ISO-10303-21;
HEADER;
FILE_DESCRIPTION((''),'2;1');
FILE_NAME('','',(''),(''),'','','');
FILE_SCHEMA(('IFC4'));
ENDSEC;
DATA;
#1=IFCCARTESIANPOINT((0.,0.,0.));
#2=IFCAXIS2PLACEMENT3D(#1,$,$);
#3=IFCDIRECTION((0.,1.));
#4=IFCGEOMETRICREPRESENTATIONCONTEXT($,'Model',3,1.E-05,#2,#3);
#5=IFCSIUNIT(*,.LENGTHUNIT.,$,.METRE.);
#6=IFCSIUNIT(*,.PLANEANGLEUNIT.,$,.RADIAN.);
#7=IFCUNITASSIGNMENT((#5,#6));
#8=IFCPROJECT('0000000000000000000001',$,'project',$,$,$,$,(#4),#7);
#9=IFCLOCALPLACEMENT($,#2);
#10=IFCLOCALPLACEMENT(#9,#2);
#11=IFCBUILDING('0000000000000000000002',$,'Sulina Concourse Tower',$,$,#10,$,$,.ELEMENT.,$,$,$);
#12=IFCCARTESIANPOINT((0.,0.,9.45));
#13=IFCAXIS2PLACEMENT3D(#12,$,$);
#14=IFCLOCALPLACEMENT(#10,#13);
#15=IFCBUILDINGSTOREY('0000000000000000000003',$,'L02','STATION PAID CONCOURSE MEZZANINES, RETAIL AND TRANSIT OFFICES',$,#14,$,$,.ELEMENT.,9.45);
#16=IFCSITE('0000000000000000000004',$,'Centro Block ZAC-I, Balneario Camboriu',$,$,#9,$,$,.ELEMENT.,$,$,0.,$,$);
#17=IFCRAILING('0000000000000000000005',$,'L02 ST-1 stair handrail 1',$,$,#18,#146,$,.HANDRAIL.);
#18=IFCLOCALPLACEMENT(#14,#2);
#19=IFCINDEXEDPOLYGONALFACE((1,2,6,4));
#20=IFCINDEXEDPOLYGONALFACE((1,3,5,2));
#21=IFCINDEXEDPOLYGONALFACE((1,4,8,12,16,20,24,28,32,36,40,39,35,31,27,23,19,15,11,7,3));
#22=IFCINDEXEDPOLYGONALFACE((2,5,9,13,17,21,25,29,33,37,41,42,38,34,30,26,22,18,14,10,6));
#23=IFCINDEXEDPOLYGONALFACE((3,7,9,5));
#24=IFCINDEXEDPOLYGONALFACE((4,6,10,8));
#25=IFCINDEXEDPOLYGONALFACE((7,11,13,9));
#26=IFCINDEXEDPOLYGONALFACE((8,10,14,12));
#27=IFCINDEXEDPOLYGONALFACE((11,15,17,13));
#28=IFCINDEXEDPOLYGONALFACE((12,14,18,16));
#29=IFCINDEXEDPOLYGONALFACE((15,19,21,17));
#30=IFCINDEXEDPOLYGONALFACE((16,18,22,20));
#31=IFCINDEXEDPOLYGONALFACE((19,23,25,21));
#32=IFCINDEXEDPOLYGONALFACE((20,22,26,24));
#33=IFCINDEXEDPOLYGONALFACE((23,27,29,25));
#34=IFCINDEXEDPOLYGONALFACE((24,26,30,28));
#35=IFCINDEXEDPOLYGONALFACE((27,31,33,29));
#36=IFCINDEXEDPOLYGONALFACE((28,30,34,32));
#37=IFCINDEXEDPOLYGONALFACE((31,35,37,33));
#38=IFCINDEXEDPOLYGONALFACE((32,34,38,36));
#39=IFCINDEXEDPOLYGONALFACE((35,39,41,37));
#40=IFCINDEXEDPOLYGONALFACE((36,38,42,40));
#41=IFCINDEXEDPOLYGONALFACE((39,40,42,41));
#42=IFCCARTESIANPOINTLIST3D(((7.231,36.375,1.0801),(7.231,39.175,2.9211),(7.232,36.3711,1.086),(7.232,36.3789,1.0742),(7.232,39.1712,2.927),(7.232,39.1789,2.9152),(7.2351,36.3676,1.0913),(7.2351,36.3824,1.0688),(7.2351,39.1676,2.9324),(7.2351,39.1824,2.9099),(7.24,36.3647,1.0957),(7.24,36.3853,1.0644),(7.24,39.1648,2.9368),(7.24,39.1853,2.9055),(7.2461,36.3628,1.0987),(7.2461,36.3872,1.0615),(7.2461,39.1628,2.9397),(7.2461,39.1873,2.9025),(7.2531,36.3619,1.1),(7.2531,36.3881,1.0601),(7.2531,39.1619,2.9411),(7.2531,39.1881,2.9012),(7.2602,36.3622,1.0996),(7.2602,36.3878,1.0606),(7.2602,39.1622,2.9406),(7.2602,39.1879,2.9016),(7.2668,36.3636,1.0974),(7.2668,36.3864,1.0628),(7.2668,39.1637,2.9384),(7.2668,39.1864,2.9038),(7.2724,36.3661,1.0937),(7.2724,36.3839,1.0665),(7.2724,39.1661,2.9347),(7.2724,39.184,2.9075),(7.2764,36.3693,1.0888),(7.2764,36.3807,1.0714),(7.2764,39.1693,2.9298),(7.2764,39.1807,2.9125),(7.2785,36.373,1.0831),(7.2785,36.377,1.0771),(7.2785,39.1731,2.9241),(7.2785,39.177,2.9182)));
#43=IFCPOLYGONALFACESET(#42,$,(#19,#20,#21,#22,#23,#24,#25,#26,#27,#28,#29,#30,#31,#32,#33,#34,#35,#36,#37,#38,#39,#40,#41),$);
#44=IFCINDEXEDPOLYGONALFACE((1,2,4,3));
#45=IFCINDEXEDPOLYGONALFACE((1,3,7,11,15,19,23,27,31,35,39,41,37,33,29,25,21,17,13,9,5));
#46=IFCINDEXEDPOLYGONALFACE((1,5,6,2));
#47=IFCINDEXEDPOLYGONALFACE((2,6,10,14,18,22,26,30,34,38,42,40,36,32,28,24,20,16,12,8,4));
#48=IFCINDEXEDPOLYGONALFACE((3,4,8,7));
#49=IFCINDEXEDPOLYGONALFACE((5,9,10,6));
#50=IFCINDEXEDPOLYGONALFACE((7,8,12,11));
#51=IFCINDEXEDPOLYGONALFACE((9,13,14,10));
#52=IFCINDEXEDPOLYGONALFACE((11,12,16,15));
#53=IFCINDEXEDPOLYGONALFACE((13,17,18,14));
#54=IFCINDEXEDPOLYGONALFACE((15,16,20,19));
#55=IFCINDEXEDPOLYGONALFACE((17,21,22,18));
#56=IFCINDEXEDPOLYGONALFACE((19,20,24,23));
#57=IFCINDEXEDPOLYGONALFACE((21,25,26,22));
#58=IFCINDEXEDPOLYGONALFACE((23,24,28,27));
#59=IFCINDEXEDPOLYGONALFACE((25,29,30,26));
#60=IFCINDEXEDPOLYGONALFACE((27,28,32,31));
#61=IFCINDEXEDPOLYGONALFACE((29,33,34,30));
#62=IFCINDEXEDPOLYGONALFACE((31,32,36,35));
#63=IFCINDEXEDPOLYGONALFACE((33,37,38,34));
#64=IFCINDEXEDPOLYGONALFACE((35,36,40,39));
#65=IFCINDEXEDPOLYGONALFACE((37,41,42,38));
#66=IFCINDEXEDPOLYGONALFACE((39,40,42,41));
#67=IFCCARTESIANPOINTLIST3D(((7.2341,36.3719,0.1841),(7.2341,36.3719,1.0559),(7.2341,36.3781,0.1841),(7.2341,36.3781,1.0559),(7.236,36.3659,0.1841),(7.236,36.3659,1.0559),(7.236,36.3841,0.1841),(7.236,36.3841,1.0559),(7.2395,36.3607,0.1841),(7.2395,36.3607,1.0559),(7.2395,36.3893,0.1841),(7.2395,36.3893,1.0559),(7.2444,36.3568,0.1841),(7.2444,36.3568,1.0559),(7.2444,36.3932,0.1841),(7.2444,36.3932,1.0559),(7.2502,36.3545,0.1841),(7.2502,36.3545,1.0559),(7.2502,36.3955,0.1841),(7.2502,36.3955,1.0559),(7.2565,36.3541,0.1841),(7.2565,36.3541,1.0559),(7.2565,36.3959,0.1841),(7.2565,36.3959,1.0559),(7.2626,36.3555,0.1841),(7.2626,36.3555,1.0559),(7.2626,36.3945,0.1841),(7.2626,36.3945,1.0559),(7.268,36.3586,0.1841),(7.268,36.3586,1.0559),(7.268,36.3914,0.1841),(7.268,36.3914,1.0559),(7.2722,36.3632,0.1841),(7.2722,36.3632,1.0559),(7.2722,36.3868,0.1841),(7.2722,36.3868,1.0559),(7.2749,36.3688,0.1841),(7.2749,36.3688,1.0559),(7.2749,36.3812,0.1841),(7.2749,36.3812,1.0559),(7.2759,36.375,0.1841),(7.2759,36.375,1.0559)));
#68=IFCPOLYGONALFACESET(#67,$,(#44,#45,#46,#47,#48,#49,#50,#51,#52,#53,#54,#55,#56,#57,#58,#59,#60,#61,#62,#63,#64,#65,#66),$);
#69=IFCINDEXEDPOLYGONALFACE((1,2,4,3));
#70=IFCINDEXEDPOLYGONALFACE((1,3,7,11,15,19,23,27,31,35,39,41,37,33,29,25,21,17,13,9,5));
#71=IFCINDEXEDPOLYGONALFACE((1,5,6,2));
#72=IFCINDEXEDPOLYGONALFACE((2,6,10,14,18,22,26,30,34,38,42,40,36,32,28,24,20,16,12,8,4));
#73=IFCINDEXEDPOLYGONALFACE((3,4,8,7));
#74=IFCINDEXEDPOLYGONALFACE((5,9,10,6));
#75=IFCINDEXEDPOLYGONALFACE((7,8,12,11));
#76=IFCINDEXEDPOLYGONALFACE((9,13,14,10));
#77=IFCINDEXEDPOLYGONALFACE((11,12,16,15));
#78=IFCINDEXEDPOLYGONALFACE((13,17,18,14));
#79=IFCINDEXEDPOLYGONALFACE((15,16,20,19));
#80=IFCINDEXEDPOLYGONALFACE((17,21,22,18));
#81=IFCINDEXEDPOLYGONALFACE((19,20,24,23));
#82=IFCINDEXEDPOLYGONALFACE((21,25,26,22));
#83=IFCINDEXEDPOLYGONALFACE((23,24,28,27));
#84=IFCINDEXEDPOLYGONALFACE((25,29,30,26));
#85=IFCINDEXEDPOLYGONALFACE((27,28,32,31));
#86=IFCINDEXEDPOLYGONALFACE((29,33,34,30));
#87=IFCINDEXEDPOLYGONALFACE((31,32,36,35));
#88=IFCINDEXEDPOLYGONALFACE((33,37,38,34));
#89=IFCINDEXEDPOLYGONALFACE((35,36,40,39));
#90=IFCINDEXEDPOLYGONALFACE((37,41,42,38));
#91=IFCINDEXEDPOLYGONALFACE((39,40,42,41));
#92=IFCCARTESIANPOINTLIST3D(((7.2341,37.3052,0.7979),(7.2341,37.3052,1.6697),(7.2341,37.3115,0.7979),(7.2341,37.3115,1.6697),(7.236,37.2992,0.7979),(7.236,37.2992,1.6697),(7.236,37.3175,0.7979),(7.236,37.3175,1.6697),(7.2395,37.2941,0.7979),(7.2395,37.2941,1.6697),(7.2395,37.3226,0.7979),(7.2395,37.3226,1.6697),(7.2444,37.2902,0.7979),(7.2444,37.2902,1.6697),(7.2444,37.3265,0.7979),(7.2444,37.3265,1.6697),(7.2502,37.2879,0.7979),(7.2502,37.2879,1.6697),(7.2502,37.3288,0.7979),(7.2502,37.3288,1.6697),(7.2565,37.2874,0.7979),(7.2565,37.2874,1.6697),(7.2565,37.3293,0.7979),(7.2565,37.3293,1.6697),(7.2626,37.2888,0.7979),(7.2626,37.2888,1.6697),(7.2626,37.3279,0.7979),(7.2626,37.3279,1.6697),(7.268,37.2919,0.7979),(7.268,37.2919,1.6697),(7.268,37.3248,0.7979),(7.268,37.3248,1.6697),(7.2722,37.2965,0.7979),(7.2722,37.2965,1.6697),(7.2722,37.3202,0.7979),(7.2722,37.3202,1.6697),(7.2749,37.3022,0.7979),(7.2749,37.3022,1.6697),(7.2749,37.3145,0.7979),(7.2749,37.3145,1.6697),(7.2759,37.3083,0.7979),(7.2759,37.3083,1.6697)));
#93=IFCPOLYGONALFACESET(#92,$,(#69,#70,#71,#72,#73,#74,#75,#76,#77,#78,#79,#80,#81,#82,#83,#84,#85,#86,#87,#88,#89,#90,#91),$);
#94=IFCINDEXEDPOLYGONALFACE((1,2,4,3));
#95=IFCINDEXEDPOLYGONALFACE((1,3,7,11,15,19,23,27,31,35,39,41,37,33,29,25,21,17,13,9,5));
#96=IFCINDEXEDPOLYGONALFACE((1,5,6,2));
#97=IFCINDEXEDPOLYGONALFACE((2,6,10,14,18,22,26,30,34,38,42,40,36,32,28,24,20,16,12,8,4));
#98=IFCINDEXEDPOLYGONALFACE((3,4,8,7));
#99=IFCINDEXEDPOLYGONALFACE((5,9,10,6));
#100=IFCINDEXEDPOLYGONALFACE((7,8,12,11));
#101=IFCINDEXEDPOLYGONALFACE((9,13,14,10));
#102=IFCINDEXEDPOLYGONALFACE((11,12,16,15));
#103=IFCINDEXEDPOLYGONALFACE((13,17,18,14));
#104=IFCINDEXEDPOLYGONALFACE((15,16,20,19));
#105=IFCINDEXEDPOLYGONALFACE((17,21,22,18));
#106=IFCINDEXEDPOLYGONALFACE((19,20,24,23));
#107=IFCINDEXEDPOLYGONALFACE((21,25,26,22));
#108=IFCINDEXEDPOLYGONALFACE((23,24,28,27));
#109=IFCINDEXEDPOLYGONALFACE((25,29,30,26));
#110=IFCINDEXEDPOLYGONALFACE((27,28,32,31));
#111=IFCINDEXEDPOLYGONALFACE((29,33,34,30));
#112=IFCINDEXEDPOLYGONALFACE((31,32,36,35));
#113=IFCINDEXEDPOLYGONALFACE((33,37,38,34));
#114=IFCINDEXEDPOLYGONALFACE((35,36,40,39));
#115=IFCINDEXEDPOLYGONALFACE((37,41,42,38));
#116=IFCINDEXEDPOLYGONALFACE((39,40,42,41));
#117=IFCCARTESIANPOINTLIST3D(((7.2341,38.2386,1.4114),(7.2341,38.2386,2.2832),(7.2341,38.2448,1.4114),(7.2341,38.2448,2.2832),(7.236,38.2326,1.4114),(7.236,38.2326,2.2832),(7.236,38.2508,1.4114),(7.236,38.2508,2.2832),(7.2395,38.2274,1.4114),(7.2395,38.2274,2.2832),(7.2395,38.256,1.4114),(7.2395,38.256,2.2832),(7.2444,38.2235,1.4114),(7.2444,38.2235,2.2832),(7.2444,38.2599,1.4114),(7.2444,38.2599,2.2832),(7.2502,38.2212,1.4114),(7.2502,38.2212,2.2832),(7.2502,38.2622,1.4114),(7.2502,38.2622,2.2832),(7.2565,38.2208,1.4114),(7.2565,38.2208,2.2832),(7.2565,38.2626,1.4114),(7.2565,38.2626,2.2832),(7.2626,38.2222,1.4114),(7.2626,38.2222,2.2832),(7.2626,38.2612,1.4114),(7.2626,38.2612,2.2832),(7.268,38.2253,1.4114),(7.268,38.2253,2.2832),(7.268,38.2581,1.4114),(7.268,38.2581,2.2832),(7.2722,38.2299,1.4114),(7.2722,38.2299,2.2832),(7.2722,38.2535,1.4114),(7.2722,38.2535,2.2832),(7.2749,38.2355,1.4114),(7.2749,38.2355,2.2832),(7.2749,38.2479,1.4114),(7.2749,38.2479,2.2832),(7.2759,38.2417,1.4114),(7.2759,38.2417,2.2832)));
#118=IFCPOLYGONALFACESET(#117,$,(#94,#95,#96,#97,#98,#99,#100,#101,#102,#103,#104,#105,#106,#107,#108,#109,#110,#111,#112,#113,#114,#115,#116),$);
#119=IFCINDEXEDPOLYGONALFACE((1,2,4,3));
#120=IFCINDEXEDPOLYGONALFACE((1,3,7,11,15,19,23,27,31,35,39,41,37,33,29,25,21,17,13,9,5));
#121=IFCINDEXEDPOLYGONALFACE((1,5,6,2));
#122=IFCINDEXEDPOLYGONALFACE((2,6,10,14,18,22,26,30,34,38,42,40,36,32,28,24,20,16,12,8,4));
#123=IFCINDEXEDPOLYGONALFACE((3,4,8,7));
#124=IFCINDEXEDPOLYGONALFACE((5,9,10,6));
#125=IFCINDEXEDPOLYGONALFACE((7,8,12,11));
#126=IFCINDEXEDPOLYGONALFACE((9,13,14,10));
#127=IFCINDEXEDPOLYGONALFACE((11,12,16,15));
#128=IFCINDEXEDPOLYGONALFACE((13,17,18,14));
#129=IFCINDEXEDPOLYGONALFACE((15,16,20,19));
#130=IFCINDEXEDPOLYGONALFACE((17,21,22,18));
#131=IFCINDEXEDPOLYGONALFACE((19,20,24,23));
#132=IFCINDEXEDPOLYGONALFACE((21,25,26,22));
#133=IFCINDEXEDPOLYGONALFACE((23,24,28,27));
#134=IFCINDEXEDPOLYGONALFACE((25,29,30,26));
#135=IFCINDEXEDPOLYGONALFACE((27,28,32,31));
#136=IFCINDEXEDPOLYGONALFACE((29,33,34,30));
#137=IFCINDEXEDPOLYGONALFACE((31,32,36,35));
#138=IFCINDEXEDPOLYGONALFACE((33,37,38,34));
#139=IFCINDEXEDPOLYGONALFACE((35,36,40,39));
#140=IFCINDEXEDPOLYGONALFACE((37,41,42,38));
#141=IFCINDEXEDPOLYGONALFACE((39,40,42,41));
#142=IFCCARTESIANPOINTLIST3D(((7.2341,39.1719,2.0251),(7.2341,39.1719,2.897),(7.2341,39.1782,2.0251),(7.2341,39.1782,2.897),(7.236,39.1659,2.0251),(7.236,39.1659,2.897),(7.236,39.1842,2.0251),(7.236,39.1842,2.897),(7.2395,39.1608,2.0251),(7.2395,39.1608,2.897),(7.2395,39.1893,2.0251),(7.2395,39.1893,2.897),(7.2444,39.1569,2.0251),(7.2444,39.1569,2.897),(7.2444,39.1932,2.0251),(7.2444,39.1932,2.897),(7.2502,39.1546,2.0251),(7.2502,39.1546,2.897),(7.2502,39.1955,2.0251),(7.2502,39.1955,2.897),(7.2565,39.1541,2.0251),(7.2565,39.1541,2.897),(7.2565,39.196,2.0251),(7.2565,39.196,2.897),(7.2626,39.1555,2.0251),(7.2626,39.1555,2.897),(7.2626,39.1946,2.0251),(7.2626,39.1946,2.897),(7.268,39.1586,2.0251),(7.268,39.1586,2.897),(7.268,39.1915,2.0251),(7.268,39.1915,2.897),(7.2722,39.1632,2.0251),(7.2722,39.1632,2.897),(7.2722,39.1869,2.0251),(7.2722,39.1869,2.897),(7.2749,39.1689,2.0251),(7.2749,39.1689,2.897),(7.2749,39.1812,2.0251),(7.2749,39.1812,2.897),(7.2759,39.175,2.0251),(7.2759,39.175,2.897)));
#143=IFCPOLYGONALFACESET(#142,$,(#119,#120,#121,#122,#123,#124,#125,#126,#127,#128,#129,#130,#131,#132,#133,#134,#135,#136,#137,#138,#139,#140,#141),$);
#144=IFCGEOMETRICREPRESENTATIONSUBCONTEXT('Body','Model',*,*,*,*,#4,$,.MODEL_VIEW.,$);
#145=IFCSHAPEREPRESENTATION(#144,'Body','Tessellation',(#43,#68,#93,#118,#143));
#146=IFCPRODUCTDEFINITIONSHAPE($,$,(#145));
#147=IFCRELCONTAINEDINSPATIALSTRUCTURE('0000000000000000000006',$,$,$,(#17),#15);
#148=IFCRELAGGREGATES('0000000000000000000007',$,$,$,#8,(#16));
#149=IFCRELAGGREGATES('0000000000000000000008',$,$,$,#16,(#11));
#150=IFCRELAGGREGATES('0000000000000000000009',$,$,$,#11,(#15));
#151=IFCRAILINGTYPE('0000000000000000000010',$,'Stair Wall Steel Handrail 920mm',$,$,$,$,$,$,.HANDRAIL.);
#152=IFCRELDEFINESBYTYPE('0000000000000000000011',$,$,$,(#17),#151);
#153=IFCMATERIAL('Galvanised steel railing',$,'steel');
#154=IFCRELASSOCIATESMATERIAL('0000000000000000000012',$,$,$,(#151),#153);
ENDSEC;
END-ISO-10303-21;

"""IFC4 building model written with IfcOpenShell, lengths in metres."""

from ifc_helpers import new_model, si_unit, direction, frame, origin, origin_2d, place, context, subcontext, project, spatial, circle, extrude, material, type_object, element, save


model = new_model("IFC4")

# Units and contexts
model_context = context("Model", 3, precision=1e-05, world=origin(), true_north=direction((0.0, 1.0)))
body_context = subcontext(model_context, "Body", "Model", "MODEL_VIEW")
ifc_project = project(units=[si_unit("LENGTHUNIT", "METRE"), si_unit("PLANEANGLEUNIT", "RADIAN")], contexts=[model_context])

# Site, building, storey
site_placement = place(None, origin())
site = spatial("IfcSite", under=ifc_project, at=site_placement, Name="Centro Block ZAC-I, Balneario Camboriu", CompositionType="ELEMENT", RefElevation=0.0)
building_placement = place(site_placement, origin())
building = spatial("IfcBuilding", under=site, at=building_placement, Name="Sulina Concourse Tower", CompositionType="ELEMENT")
storey_placement = place(building_placement, frame((0.0, 0.0, 9.45)))
storey = spatial("IfcBuildingStorey", under=building, at=storey_placement, Name="L02", Description="STATION PAID CONCOURSE MEZZANINES, RETAIL AND TRANSIT OFFICES", CompositionType="ELEMENT", Elevation=9.45)

# Railing
ifc_material_1 = material(Name="Galvanised steel railing", Category="steel")
railing_type_1 = type_object("IfcRailingType", Name="Stair Wall Steel Handrail 920mm", PredefinedType="HANDRAIL", material=ifc_material_1)
for number, where, name in (
    (1, (7.2549, 36.375, 0.1841), "L02 ST-1 stair handrail 1"),
):
    element("IfcRailing", number, at=place(storey_placement, frame(where)), inside=storey, type_object=railing_type_1, Name=name, PredefinedType="HANDRAIL", context=body_context, shape_type="SweptSolid", body=[
        extrude(circle(Radius=0.0239, at=origin_2d()), frame((0.0, 0.0, 0.896), z_axis=(0.0, 0.835564, 0.549393), x_axis=(-1.0, 0.0, 0.0)), (0.0, 0.0, 1.0), 3.3511),
        extrude(circle(Radius=0.021, at=origin_2d()), origin(), (0.0, 0.0, 1.0), 0.8718),
        extrude(circle(Radius=0.021, at=origin_2d()), frame((0.0, 0.9333, 0.6138)), (0.0, 0.0, 1.0), 0.8718),
        extrude(circle(Radius=0.021, at=origin_2d()), frame((0.0, 1.8667, 1.2273)), (0.0, 0.0, 1.0), 0.8718),
        extrude(circle(Radius=0.021, at=origin_2d()), frame((0.0, 2.8, 1.8411)), (0.0, 0.0, 1.0), 0.8718),
    ])

save(model, "model.ifc")
